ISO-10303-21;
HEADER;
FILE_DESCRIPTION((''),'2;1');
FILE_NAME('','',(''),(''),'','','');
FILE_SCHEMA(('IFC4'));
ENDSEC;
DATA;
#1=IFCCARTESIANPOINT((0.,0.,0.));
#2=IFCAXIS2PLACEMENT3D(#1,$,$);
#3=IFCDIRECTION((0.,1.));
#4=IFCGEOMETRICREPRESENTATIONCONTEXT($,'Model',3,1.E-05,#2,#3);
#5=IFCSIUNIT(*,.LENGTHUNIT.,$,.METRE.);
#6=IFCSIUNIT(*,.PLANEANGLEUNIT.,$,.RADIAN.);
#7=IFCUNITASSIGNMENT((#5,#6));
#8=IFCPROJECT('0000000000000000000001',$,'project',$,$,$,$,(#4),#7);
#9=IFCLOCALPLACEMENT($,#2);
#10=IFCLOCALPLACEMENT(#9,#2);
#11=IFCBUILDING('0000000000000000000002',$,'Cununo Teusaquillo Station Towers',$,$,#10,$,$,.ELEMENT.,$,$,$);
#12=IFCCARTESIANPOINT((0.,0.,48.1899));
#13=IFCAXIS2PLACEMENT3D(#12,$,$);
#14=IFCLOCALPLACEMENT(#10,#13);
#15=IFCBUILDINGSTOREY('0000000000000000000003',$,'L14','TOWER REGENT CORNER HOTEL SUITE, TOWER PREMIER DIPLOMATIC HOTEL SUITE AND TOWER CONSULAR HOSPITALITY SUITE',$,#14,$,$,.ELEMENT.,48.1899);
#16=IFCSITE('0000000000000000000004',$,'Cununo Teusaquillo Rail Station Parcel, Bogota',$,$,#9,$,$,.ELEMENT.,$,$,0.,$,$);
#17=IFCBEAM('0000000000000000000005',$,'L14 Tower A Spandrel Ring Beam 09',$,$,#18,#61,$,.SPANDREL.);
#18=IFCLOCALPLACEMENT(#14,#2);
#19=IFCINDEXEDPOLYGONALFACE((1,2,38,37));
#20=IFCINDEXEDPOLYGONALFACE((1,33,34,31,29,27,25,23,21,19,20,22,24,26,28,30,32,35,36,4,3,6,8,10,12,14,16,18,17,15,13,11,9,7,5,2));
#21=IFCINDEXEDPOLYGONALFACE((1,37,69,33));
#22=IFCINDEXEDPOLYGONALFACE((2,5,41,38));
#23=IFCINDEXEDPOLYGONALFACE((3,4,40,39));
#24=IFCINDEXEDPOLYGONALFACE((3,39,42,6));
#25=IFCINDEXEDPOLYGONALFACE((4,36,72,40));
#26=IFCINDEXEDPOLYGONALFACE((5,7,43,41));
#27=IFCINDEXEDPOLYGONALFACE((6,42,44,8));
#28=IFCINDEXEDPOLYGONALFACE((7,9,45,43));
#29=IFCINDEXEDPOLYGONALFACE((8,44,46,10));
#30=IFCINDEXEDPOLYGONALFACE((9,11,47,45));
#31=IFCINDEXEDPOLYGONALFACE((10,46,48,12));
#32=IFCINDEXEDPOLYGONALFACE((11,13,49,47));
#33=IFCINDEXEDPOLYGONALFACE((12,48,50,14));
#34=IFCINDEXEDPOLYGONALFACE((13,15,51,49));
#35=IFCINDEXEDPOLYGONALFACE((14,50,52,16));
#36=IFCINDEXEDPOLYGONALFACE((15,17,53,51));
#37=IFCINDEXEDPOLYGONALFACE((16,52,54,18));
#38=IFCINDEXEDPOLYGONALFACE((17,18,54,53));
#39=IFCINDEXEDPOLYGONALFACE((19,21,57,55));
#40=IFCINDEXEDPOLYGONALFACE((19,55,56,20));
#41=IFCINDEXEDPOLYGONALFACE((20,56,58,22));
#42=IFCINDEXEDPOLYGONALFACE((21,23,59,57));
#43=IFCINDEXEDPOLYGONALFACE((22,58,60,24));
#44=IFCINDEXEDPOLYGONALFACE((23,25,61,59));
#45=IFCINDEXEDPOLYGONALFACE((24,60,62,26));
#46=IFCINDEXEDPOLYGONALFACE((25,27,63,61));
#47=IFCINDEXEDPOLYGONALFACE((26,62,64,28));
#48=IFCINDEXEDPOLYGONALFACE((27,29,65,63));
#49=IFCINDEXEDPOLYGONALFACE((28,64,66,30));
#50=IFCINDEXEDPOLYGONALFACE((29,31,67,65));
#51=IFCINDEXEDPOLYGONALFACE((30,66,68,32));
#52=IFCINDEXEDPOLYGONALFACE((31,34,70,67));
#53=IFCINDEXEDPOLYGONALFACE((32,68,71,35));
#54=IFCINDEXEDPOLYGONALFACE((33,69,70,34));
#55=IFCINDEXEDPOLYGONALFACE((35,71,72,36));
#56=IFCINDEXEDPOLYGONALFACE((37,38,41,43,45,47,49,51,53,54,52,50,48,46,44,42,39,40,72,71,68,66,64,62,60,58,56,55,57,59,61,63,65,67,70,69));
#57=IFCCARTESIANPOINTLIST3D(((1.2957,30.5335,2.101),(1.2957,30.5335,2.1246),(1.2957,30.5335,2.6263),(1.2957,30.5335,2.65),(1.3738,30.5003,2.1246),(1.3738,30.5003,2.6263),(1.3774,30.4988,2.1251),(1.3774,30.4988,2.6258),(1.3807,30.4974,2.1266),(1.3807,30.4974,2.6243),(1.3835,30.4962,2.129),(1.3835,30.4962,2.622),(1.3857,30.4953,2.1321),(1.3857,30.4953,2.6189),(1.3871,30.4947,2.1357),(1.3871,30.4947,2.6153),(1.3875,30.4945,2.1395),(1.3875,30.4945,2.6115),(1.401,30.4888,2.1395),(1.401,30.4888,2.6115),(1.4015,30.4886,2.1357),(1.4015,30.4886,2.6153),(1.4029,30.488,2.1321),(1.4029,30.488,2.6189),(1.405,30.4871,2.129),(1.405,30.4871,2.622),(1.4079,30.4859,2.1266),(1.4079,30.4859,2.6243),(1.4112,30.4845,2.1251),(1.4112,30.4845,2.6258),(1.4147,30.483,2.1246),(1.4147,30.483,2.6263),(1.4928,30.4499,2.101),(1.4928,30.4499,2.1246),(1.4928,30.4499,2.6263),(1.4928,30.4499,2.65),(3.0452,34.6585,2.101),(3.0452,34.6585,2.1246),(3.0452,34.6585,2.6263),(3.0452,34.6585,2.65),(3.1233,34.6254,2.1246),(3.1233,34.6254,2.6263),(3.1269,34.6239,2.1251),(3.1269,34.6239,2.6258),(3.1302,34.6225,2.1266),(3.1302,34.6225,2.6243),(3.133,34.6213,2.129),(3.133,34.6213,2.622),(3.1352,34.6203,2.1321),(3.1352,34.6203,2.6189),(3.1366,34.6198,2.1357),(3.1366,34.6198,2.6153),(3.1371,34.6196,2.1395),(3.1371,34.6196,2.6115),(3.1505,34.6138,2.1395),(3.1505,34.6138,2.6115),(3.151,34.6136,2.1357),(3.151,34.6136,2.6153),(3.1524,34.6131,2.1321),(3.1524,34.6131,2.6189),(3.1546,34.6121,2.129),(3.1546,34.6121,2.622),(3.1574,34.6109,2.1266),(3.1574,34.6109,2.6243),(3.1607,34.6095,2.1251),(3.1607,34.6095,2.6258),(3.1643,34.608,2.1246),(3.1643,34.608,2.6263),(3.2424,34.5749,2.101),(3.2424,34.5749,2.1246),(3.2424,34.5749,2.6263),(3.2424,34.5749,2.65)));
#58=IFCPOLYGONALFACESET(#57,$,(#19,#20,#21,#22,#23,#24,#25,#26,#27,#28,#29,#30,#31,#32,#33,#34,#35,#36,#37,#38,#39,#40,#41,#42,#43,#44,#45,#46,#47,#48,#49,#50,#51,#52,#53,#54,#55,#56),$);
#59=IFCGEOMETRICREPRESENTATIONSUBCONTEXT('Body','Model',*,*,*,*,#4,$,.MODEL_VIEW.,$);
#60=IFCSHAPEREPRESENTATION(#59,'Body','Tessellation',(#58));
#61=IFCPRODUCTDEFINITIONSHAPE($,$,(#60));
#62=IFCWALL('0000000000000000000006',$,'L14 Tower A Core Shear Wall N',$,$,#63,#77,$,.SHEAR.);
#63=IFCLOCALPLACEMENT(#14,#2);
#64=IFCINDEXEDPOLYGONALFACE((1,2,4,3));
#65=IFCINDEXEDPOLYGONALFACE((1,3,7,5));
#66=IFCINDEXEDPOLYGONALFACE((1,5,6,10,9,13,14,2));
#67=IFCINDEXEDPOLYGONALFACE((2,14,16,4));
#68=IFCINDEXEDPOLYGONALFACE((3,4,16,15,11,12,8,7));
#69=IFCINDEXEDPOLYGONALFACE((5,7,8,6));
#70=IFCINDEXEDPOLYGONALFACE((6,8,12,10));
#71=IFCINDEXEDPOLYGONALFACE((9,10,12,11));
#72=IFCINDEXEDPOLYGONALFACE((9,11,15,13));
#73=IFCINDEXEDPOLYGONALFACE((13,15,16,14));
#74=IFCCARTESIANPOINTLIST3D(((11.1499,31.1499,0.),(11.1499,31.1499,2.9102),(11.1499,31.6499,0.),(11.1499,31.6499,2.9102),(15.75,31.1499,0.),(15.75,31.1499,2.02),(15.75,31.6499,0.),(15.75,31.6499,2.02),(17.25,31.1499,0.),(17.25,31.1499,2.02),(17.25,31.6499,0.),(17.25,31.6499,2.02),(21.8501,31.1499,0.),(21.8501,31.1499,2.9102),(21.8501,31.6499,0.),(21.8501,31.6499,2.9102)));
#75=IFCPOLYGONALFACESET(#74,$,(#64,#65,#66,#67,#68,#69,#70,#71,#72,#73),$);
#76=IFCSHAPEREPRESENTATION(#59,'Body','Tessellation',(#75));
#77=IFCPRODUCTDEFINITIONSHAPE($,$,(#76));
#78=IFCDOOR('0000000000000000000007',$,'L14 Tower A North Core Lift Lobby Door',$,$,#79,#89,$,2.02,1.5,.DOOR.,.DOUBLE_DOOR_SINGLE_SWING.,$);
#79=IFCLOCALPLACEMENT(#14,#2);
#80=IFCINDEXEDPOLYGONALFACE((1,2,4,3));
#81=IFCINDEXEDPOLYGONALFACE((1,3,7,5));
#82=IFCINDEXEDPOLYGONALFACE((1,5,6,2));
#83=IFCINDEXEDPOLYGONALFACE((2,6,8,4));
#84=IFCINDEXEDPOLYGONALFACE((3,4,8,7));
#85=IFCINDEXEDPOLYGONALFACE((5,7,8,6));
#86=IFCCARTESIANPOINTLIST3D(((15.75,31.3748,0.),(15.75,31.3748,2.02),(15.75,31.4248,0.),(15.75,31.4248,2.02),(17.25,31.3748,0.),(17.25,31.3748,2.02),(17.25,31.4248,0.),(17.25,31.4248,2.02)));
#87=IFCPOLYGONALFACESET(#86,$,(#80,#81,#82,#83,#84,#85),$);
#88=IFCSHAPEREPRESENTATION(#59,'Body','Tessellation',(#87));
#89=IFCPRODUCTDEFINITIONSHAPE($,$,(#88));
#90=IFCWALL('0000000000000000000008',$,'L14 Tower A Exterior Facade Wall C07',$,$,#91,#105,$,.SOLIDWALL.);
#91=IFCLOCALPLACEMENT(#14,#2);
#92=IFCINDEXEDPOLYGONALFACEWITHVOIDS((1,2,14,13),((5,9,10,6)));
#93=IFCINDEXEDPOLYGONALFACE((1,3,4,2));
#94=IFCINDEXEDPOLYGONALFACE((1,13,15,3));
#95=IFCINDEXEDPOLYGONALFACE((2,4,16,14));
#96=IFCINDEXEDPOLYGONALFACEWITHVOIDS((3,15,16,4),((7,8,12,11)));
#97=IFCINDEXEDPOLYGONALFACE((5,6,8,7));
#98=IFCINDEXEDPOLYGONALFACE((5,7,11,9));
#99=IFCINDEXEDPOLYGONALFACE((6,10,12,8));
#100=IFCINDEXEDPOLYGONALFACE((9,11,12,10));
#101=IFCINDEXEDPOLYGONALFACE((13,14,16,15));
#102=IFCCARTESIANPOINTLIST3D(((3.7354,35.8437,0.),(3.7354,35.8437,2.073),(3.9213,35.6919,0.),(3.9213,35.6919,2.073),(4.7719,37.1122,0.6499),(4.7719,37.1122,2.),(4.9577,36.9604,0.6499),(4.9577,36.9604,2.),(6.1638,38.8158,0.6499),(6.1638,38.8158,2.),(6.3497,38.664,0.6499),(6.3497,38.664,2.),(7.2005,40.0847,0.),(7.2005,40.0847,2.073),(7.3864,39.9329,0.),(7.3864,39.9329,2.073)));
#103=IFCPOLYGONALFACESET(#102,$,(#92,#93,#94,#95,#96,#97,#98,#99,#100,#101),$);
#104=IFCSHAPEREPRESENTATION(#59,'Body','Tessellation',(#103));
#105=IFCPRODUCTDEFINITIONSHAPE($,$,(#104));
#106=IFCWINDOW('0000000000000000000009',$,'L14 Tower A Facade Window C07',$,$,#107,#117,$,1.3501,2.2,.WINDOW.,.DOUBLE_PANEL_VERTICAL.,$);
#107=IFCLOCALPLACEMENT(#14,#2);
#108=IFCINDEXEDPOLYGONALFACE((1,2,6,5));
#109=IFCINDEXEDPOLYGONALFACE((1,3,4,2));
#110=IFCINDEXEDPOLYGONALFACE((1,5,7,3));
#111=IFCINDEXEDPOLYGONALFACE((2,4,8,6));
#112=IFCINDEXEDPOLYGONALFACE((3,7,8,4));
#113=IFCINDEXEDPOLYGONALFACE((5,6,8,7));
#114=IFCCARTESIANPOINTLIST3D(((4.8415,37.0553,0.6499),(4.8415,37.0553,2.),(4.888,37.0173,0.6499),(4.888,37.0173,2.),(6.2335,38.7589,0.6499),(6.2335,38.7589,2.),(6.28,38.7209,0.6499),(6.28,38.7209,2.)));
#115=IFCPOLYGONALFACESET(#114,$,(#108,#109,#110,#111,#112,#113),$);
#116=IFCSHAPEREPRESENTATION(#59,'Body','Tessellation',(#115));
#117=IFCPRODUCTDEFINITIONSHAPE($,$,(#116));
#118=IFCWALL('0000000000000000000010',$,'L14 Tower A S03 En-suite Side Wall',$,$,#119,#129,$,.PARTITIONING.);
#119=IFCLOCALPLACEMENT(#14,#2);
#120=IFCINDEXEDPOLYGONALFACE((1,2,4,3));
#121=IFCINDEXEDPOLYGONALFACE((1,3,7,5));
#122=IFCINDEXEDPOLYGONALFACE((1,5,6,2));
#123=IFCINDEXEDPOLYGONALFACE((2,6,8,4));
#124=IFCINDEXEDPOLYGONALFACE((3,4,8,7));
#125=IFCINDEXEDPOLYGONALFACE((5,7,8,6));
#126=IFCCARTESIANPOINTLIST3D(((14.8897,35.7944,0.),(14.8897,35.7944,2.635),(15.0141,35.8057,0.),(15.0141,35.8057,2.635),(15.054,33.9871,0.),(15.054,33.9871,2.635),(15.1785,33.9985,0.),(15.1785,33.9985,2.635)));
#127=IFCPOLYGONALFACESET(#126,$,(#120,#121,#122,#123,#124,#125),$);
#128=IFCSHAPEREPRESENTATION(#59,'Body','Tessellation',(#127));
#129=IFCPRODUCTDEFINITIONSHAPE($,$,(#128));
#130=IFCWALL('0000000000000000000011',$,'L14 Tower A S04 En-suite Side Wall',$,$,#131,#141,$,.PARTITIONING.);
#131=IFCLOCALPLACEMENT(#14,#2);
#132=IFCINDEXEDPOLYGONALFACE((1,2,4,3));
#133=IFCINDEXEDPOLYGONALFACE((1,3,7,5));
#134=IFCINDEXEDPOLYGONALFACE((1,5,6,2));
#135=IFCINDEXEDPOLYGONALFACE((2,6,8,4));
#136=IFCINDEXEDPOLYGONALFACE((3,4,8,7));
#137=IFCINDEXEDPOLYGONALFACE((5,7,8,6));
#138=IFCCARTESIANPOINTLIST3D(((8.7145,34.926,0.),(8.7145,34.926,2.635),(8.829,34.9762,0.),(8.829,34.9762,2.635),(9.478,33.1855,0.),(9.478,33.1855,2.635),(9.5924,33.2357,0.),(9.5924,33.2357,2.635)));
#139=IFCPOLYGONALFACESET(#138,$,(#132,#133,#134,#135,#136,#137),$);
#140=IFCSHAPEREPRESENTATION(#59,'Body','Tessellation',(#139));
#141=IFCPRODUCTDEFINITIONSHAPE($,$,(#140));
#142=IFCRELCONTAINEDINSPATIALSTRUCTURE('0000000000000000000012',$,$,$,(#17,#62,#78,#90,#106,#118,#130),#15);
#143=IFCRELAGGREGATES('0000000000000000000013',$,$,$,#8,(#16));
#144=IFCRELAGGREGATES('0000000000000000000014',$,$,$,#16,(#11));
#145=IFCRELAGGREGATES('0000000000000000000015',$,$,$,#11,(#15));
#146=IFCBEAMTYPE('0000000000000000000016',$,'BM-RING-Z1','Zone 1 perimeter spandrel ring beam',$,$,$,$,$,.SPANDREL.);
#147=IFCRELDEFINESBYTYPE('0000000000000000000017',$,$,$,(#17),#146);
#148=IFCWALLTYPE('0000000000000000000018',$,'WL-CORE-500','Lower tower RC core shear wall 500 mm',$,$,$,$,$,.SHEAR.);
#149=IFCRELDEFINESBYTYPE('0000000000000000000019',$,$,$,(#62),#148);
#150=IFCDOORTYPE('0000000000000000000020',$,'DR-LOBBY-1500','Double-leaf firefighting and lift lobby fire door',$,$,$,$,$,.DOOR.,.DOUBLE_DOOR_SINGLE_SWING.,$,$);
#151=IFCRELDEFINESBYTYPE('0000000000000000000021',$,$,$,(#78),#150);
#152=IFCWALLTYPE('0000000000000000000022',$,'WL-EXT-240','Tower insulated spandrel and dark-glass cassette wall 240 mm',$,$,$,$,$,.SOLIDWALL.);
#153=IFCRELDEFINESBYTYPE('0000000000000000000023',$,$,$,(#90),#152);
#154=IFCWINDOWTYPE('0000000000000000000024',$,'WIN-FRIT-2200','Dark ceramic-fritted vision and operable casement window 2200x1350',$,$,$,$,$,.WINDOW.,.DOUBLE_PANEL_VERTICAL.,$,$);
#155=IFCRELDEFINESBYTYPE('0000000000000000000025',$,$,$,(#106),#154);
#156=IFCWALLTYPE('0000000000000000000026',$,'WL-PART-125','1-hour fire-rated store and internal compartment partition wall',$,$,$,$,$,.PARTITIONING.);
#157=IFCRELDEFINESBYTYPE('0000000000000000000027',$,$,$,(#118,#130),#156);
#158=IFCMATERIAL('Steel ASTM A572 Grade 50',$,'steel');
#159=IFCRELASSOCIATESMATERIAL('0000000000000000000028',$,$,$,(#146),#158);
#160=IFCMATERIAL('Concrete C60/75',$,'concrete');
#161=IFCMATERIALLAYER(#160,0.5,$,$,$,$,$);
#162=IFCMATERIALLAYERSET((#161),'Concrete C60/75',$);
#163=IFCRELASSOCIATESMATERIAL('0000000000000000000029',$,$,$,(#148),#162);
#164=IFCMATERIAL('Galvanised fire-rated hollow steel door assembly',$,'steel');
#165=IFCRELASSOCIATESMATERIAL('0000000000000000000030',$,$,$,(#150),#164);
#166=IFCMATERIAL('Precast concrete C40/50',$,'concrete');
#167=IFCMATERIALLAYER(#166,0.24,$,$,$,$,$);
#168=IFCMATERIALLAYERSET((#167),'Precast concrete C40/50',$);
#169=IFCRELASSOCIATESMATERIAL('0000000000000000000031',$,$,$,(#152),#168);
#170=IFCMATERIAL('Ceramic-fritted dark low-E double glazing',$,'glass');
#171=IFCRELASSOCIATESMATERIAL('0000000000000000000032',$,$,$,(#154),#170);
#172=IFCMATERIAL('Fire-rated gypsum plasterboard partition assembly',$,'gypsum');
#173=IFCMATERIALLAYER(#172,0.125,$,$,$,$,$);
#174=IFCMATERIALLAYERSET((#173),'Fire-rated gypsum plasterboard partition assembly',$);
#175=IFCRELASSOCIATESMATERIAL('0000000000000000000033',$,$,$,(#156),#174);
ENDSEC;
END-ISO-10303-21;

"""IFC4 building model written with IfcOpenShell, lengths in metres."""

from ifc_helpers import new_model, si_unit, direction, frame, frame_2d, origin, origin_2d, place, context, subcontext, project, spatial, rectangle, i_section, extrude, source, transform, mapped, material, layer, layer_set, material_profile, profile_set, type_object, element, fill, save


model = new_model("IFC4")

# Units and contexts
model_context = context("Model", 3, precision=1e-05, world=origin(), true_north=direction((0.0, 1.0)))
body_context = subcontext(model_context, "Body", "Model", "MODEL_VIEW")
ifc_project = project(units=[si_unit("LENGTHUNIT", "METRE"), si_unit("PLANEANGLEUNIT", "RADIAN")], contexts=[model_context])

# Site, building, storey
site_placement = place(None, origin())
site = spatial("IfcSite", under=ifc_project, at=site_placement, Name="Cununo Teusaquillo Rail Station Parcel, Bogota", CompositionType="ELEMENT", RefElevation=0.0)
building_placement = place(site_placement, origin())
building = spatial("IfcBuilding", under=site, at=building_placement, Name="Cununo Teusaquillo Station Towers", CompositionType="ELEMENT")
storey_placement = place(building_placement, frame((0.0, 0.0, 48.1899)))
storey = spatial("IfcBuildingStorey", under=building, at=storey_placement, Name="L14", Description="TOWER REGENT CORNER HOTEL SUITE, TOWER PREMIER DIPLOMATIC HOTEL SUITE AND TOWER CONSULAR HOSPITALITY SUITE", CompositionType="ELEMENT", Elevation=48.1899)

# Beam
ifc_material_1 = material(Name="Steel ASTM A572 Grade 50", Category="steel")
ifc_material_profile_1 = material_profile(ifc_material_1, i_section(OverallWidth=0.2141, OverallDepth=0.5491, WebThickness=0.0146, FlangeThickness=0.0237, FilletRadius=0.0149, at=origin_2d()), Name="W21X93")
ifc_profile_set_1 = profile_set([ifc_material_profile_1], Name="Steel ASTM A572 Grade 50")
beam_type_1 = type_object("IfcBeamType", Name="BM-RING-Z1", Description="Zone 1 perimeter spandrel ring beam", PredefinedType="SPANDREL", material=ifc_profile_set_1)
beam_1_placement = place(storey_placement, frame((3.1438, 34.6167, 2.3755), z_axis=(-0.390457, -0.920621, 0.0), x_axis=(0.920621, -0.390457, 0.0)))
element("IfcBeam", 1, at=beam_1_placement, inside=storey, type_object=beam_type_1, Name="L14 Tower A Spandrel Ring Beam 09", PredefinedType="SPANDREL", context=body_context, shape_type="SweptSolid", body=[
    extrude(i_section(OverallWidth=0.2141, OverallDepth=0.5491, WebThickness=0.0146, FlangeThickness=0.0237, FilletRadius=0.0149, at=origin_2d()), origin(), (0.0, 0.0, 1.0), 4.4807),
])

# Wall, opening, door
ifc_material_2 = material(Name="Concrete C60/75", Category="concrete")
ifc_layer_1 = layer(ifc_material_2, 0.5)
ifc_layer_set_1 = layer_set([ifc_layer_1], Name="Concrete C60/75")
wall_type_1 = type_object("IfcWallType", Name="WL-CORE-500", Description="Lower tower RC core shear wall 500 mm", PredefinedType="SHEAR", material=ifc_layer_set_1)
wall_1_placement = place(storey_placement, frame((11.1499, 31.3999, 0.0), z_axis=(0.0, 0.0, 1.0), x_axis=(1.0, 0.0, 0.0)))
wall_1 = element("IfcWall", 2, at=wall_1_placement, inside=storey, type_object=wall_type_1, Name="L14 Tower A Core Shear Wall N", PredefinedType="SHEAR", context=body_context, shape_type="SweptSolid", body=[
    extrude(rectangle(XDim=10.7002, YDim=0.5, at=frame_2d((5.3501, 0.0))), origin(), (0.0, 0.0, 1.0), 2.9102),
])
shared_shape_1 = source(origin(), body_context, "Body", "SweptSolid", [
    extrude(rectangle(XDim=1.5, YDim=2.02, at=frame_2d((0.75, 1.01))), frame((0.0, 0.26, 0.0), z_axis=(0.0, -1.0, 0.0), x_axis=(1.0, 0.0, 0.0)), (0.0, 0.0, 1.0), 0.52),
])
opening_1_placement = place(wall_1_placement, frame((4.6001, 0.0, 0.0)))
opening_1 = element("IfcOpeningElement", 3, at=opening_1_placement, cuts=wall_1, PredefinedType="OPENING", context=body_context, shape_type="MappedRepresentation", body=[
    mapped(shared_shape_1, transform((0.0, 0.0, 0.0), x_axis=(1.0, 0.0, 0.0), y_axis=(0.0, 1.0, 0.0), z_axis=(0.0, 0.0, 1.0), scale=1.0)),
])
ifc_material_3 = material(Name="Galvanised fire-rated hollow steel door assembly", Category="steel")
door_type_1 = type_object("IfcDoorType", Name="DR-LOBBY-1500", Description="Double-leaf firefighting and lift lobby fire door", OperationType="DOUBLE_DOOR_SINGLE_SWING", PredefinedType="DOOR", material=ifc_material_3)
shared_shape_2 = source(origin(), body_context, "Body", "SweptSolid", [
    extrude(rectangle(XDim=1.5, YDim=2.02, at=frame_2d((0.75, 1.01))), frame((0.0, 0.0249, 0.0), z_axis=(0.0, -1.0, 0.0), x_axis=(1.0, 0.0, 0.0)), (0.0, 0.0, 1.0), 0.05),
])
door_1_placement = place(opening_1_placement, origin())
door_1 = element("IfcDoor", 4, at=door_1_placement, inside=storey, type_object=door_type_1, Name="L14 Tower A North Core Lift Lobby Door", OperationType="DOUBLE_DOOR_SINGLE_SWING", OverallHeight=2.02, OverallWidth=1.5, PredefinedType="DOOR", context=body_context, shape_type="MappedRepresentation", body=[
    mapped(shared_shape_2, transform((0.0, 0.0, 0.0), x_axis=(1.0, 0.0, 0.0), y_axis=(0.0, 1.0, 0.0), z_axis=(0.0, 0.0, 1.0), scale=1.0)),
])
fill(opening_1, door_1)

# Wall, opening, window
ifc_material_4 = material(Name="Precast concrete C40/50", Category="concrete")
ifc_layer_2 = layer(ifc_material_4, 0.24)
ifc_layer_set_2 = layer_set([ifc_layer_2], Name="Precast concrete C40/50")
wall_type_2 = type_object("IfcWallType", Name="WL-EXT-240", Description="Tower insulated spandrel and dark-glass cassette wall 240 mm", PredefinedType="SOLIDWALL", material=ifc_layer_set_2)
wall_2_placement = place(storey_placement, frame((3.8284, 35.7678, 0.0), z_axis=(0.0, 0.0, 1.0), x_axis=(0.632713, 0.774386, 0.0)))
wall_2 = element("IfcWall", 5, at=wall_2_placement, inside=storey, type_object=wall_type_2, Name="L14 Tower A Exterior Facade Wall C07", PredefinedType="SOLIDWALL", context=body_context, shape_type="SweptSolid", body=[
    extrude(rectangle(XDim=5.4766, YDim=0.24, at=frame_2d((2.7383, 0.0))), origin(), (0.0, 0.0, 1.0), 2.073),
])
shared_shape_3 = source(origin(), body_context, "Body", "SweptSolid", [
    extrude(rectangle(XDim=2.2, YDim=1.3501, at=frame_2d((1.1001, 0.675))), frame((0.0, 0.1299, 0.0), z_axis=(0.0, -1.0, 0.0), x_axis=(1.0, 0.0, 0.0)), (0.0, 0.0, 1.0), 0.26),
])
opening_2_placement = place(wall_2_placement, frame((1.6379, 0.0, 0.6499)))
opening_2 = element("IfcOpeningElement", 6, at=opening_2_placement, cuts=wall_2, PredefinedType="OPENING", context=body_context, shape_type="MappedRepresentation", body=[
    mapped(shared_shape_3, transform((0.0, 0.0, 0.0), x_axis=(1.0, 0.0, 0.0), y_axis=(0.0, 1.0, 0.0), z_axis=(0.0, 0.0, 1.0), scale=1.0)),
])
ifc_material_5 = material(Name="Ceramic-fritted dark low-E double glazing", Category="glass")
window_type = type_object("IfcWindowType", Name="WIN-FRIT-2200", Description="Dark ceramic-fritted vision and operable casement window 2200x1350", PartitioningType="DOUBLE_PANEL_VERTICAL", PredefinedType="WINDOW", material=ifc_material_5)
shared_shape_4 = source(origin(), body_context, "Body", "SweptSolid", [
    extrude(rectangle(XDim=2.2, YDim=1.3501, at=frame_2d((1.1001, 0.675))), frame((0.0, 0.03, 0.0), z_axis=(0.0, -1.0, 0.0), x_axis=(1.0, 0.0, 0.0)), (0.0, 0.0, 1.0), 0.0601),
])
window_placement = place(opening_2_placement, origin())
window = element("IfcWindow", 7, at=window_placement, inside=storey, type_object=window_type, Name="L14 Tower A Facade Window C07", OverallHeight=1.3501, OverallWidth=2.2, PartitioningType="DOUBLE_PANEL_VERTICAL", PredefinedType="WINDOW", context=body_context, shape_type="MappedRepresentation", body=[
    mapped(shared_shape_4, transform((0.0, 0.0, 0.0), x_axis=(1.0, 0.0, 0.0), y_axis=(0.0, 1.0, 0.0), z_axis=(0.0, 0.0, 1.0), scale=1.0)),
])
fill(opening_2, window)

# Walls
ifc_material_6 = material(Name="Fire-rated gypsum plasterboard partition assembly", Category="gypsum")
ifc_layer_3 = layer(ifc_material_6, 0.125)
ifc_layer_set_3 = layer_set([ifc_layer_3], Name="Fire-rated gypsum plasterboard partition assembly")
wall_type_3 = type_object("IfcWallType", Name="WL-PART-125", Description="1-hour fire-rated store and internal compartment partition wall", PredefinedType="PARTITIONING", material=ifc_layer_set_3)
wall_3_placement = place(storey_placement, frame((15.1162, 33.9929, 0.0), z_axis=(0.0, 0.0, 1.0), x_axis=(-0.090548, 0.995892, 0.0)))
element("IfcWall", 8, at=wall_3_placement, inside=storey, type_object=wall_type_3, Name="L14 Tower A S03 En-suite Side Wall", PredefinedType="PARTITIONING", context=body_context, shape_type="SweptSolid", body=[
    extrude(rectangle(XDim=1.8147, YDim=0.125, at=frame_2d((0.9072, 0.0))), origin(), (0.0, 0.0, 1.0), 2.635),
])
wall_4_placement = place(storey_placement, frame((9.5352, 33.2107, 0.0), z_axis=(0.0, 0.0, 1.0), x_axis=(-0.401688, 0.915777, 0.0)))
element("IfcWall", 9, at=wall_4_placement, inside=storey, type_object=wall_type_3, Name="L14 Tower A S04 En-suite Side Wall", PredefinedType="PARTITIONING", context=body_context, shape_type="SweptSolid", body=[
    extrude(rectangle(XDim=1.9006, YDim=0.125, at=frame_2d((0.9502, 0.0))), origin(), (0.0, 0.0, 1.0), 2.635),
])

save(model, "model.ifc")
